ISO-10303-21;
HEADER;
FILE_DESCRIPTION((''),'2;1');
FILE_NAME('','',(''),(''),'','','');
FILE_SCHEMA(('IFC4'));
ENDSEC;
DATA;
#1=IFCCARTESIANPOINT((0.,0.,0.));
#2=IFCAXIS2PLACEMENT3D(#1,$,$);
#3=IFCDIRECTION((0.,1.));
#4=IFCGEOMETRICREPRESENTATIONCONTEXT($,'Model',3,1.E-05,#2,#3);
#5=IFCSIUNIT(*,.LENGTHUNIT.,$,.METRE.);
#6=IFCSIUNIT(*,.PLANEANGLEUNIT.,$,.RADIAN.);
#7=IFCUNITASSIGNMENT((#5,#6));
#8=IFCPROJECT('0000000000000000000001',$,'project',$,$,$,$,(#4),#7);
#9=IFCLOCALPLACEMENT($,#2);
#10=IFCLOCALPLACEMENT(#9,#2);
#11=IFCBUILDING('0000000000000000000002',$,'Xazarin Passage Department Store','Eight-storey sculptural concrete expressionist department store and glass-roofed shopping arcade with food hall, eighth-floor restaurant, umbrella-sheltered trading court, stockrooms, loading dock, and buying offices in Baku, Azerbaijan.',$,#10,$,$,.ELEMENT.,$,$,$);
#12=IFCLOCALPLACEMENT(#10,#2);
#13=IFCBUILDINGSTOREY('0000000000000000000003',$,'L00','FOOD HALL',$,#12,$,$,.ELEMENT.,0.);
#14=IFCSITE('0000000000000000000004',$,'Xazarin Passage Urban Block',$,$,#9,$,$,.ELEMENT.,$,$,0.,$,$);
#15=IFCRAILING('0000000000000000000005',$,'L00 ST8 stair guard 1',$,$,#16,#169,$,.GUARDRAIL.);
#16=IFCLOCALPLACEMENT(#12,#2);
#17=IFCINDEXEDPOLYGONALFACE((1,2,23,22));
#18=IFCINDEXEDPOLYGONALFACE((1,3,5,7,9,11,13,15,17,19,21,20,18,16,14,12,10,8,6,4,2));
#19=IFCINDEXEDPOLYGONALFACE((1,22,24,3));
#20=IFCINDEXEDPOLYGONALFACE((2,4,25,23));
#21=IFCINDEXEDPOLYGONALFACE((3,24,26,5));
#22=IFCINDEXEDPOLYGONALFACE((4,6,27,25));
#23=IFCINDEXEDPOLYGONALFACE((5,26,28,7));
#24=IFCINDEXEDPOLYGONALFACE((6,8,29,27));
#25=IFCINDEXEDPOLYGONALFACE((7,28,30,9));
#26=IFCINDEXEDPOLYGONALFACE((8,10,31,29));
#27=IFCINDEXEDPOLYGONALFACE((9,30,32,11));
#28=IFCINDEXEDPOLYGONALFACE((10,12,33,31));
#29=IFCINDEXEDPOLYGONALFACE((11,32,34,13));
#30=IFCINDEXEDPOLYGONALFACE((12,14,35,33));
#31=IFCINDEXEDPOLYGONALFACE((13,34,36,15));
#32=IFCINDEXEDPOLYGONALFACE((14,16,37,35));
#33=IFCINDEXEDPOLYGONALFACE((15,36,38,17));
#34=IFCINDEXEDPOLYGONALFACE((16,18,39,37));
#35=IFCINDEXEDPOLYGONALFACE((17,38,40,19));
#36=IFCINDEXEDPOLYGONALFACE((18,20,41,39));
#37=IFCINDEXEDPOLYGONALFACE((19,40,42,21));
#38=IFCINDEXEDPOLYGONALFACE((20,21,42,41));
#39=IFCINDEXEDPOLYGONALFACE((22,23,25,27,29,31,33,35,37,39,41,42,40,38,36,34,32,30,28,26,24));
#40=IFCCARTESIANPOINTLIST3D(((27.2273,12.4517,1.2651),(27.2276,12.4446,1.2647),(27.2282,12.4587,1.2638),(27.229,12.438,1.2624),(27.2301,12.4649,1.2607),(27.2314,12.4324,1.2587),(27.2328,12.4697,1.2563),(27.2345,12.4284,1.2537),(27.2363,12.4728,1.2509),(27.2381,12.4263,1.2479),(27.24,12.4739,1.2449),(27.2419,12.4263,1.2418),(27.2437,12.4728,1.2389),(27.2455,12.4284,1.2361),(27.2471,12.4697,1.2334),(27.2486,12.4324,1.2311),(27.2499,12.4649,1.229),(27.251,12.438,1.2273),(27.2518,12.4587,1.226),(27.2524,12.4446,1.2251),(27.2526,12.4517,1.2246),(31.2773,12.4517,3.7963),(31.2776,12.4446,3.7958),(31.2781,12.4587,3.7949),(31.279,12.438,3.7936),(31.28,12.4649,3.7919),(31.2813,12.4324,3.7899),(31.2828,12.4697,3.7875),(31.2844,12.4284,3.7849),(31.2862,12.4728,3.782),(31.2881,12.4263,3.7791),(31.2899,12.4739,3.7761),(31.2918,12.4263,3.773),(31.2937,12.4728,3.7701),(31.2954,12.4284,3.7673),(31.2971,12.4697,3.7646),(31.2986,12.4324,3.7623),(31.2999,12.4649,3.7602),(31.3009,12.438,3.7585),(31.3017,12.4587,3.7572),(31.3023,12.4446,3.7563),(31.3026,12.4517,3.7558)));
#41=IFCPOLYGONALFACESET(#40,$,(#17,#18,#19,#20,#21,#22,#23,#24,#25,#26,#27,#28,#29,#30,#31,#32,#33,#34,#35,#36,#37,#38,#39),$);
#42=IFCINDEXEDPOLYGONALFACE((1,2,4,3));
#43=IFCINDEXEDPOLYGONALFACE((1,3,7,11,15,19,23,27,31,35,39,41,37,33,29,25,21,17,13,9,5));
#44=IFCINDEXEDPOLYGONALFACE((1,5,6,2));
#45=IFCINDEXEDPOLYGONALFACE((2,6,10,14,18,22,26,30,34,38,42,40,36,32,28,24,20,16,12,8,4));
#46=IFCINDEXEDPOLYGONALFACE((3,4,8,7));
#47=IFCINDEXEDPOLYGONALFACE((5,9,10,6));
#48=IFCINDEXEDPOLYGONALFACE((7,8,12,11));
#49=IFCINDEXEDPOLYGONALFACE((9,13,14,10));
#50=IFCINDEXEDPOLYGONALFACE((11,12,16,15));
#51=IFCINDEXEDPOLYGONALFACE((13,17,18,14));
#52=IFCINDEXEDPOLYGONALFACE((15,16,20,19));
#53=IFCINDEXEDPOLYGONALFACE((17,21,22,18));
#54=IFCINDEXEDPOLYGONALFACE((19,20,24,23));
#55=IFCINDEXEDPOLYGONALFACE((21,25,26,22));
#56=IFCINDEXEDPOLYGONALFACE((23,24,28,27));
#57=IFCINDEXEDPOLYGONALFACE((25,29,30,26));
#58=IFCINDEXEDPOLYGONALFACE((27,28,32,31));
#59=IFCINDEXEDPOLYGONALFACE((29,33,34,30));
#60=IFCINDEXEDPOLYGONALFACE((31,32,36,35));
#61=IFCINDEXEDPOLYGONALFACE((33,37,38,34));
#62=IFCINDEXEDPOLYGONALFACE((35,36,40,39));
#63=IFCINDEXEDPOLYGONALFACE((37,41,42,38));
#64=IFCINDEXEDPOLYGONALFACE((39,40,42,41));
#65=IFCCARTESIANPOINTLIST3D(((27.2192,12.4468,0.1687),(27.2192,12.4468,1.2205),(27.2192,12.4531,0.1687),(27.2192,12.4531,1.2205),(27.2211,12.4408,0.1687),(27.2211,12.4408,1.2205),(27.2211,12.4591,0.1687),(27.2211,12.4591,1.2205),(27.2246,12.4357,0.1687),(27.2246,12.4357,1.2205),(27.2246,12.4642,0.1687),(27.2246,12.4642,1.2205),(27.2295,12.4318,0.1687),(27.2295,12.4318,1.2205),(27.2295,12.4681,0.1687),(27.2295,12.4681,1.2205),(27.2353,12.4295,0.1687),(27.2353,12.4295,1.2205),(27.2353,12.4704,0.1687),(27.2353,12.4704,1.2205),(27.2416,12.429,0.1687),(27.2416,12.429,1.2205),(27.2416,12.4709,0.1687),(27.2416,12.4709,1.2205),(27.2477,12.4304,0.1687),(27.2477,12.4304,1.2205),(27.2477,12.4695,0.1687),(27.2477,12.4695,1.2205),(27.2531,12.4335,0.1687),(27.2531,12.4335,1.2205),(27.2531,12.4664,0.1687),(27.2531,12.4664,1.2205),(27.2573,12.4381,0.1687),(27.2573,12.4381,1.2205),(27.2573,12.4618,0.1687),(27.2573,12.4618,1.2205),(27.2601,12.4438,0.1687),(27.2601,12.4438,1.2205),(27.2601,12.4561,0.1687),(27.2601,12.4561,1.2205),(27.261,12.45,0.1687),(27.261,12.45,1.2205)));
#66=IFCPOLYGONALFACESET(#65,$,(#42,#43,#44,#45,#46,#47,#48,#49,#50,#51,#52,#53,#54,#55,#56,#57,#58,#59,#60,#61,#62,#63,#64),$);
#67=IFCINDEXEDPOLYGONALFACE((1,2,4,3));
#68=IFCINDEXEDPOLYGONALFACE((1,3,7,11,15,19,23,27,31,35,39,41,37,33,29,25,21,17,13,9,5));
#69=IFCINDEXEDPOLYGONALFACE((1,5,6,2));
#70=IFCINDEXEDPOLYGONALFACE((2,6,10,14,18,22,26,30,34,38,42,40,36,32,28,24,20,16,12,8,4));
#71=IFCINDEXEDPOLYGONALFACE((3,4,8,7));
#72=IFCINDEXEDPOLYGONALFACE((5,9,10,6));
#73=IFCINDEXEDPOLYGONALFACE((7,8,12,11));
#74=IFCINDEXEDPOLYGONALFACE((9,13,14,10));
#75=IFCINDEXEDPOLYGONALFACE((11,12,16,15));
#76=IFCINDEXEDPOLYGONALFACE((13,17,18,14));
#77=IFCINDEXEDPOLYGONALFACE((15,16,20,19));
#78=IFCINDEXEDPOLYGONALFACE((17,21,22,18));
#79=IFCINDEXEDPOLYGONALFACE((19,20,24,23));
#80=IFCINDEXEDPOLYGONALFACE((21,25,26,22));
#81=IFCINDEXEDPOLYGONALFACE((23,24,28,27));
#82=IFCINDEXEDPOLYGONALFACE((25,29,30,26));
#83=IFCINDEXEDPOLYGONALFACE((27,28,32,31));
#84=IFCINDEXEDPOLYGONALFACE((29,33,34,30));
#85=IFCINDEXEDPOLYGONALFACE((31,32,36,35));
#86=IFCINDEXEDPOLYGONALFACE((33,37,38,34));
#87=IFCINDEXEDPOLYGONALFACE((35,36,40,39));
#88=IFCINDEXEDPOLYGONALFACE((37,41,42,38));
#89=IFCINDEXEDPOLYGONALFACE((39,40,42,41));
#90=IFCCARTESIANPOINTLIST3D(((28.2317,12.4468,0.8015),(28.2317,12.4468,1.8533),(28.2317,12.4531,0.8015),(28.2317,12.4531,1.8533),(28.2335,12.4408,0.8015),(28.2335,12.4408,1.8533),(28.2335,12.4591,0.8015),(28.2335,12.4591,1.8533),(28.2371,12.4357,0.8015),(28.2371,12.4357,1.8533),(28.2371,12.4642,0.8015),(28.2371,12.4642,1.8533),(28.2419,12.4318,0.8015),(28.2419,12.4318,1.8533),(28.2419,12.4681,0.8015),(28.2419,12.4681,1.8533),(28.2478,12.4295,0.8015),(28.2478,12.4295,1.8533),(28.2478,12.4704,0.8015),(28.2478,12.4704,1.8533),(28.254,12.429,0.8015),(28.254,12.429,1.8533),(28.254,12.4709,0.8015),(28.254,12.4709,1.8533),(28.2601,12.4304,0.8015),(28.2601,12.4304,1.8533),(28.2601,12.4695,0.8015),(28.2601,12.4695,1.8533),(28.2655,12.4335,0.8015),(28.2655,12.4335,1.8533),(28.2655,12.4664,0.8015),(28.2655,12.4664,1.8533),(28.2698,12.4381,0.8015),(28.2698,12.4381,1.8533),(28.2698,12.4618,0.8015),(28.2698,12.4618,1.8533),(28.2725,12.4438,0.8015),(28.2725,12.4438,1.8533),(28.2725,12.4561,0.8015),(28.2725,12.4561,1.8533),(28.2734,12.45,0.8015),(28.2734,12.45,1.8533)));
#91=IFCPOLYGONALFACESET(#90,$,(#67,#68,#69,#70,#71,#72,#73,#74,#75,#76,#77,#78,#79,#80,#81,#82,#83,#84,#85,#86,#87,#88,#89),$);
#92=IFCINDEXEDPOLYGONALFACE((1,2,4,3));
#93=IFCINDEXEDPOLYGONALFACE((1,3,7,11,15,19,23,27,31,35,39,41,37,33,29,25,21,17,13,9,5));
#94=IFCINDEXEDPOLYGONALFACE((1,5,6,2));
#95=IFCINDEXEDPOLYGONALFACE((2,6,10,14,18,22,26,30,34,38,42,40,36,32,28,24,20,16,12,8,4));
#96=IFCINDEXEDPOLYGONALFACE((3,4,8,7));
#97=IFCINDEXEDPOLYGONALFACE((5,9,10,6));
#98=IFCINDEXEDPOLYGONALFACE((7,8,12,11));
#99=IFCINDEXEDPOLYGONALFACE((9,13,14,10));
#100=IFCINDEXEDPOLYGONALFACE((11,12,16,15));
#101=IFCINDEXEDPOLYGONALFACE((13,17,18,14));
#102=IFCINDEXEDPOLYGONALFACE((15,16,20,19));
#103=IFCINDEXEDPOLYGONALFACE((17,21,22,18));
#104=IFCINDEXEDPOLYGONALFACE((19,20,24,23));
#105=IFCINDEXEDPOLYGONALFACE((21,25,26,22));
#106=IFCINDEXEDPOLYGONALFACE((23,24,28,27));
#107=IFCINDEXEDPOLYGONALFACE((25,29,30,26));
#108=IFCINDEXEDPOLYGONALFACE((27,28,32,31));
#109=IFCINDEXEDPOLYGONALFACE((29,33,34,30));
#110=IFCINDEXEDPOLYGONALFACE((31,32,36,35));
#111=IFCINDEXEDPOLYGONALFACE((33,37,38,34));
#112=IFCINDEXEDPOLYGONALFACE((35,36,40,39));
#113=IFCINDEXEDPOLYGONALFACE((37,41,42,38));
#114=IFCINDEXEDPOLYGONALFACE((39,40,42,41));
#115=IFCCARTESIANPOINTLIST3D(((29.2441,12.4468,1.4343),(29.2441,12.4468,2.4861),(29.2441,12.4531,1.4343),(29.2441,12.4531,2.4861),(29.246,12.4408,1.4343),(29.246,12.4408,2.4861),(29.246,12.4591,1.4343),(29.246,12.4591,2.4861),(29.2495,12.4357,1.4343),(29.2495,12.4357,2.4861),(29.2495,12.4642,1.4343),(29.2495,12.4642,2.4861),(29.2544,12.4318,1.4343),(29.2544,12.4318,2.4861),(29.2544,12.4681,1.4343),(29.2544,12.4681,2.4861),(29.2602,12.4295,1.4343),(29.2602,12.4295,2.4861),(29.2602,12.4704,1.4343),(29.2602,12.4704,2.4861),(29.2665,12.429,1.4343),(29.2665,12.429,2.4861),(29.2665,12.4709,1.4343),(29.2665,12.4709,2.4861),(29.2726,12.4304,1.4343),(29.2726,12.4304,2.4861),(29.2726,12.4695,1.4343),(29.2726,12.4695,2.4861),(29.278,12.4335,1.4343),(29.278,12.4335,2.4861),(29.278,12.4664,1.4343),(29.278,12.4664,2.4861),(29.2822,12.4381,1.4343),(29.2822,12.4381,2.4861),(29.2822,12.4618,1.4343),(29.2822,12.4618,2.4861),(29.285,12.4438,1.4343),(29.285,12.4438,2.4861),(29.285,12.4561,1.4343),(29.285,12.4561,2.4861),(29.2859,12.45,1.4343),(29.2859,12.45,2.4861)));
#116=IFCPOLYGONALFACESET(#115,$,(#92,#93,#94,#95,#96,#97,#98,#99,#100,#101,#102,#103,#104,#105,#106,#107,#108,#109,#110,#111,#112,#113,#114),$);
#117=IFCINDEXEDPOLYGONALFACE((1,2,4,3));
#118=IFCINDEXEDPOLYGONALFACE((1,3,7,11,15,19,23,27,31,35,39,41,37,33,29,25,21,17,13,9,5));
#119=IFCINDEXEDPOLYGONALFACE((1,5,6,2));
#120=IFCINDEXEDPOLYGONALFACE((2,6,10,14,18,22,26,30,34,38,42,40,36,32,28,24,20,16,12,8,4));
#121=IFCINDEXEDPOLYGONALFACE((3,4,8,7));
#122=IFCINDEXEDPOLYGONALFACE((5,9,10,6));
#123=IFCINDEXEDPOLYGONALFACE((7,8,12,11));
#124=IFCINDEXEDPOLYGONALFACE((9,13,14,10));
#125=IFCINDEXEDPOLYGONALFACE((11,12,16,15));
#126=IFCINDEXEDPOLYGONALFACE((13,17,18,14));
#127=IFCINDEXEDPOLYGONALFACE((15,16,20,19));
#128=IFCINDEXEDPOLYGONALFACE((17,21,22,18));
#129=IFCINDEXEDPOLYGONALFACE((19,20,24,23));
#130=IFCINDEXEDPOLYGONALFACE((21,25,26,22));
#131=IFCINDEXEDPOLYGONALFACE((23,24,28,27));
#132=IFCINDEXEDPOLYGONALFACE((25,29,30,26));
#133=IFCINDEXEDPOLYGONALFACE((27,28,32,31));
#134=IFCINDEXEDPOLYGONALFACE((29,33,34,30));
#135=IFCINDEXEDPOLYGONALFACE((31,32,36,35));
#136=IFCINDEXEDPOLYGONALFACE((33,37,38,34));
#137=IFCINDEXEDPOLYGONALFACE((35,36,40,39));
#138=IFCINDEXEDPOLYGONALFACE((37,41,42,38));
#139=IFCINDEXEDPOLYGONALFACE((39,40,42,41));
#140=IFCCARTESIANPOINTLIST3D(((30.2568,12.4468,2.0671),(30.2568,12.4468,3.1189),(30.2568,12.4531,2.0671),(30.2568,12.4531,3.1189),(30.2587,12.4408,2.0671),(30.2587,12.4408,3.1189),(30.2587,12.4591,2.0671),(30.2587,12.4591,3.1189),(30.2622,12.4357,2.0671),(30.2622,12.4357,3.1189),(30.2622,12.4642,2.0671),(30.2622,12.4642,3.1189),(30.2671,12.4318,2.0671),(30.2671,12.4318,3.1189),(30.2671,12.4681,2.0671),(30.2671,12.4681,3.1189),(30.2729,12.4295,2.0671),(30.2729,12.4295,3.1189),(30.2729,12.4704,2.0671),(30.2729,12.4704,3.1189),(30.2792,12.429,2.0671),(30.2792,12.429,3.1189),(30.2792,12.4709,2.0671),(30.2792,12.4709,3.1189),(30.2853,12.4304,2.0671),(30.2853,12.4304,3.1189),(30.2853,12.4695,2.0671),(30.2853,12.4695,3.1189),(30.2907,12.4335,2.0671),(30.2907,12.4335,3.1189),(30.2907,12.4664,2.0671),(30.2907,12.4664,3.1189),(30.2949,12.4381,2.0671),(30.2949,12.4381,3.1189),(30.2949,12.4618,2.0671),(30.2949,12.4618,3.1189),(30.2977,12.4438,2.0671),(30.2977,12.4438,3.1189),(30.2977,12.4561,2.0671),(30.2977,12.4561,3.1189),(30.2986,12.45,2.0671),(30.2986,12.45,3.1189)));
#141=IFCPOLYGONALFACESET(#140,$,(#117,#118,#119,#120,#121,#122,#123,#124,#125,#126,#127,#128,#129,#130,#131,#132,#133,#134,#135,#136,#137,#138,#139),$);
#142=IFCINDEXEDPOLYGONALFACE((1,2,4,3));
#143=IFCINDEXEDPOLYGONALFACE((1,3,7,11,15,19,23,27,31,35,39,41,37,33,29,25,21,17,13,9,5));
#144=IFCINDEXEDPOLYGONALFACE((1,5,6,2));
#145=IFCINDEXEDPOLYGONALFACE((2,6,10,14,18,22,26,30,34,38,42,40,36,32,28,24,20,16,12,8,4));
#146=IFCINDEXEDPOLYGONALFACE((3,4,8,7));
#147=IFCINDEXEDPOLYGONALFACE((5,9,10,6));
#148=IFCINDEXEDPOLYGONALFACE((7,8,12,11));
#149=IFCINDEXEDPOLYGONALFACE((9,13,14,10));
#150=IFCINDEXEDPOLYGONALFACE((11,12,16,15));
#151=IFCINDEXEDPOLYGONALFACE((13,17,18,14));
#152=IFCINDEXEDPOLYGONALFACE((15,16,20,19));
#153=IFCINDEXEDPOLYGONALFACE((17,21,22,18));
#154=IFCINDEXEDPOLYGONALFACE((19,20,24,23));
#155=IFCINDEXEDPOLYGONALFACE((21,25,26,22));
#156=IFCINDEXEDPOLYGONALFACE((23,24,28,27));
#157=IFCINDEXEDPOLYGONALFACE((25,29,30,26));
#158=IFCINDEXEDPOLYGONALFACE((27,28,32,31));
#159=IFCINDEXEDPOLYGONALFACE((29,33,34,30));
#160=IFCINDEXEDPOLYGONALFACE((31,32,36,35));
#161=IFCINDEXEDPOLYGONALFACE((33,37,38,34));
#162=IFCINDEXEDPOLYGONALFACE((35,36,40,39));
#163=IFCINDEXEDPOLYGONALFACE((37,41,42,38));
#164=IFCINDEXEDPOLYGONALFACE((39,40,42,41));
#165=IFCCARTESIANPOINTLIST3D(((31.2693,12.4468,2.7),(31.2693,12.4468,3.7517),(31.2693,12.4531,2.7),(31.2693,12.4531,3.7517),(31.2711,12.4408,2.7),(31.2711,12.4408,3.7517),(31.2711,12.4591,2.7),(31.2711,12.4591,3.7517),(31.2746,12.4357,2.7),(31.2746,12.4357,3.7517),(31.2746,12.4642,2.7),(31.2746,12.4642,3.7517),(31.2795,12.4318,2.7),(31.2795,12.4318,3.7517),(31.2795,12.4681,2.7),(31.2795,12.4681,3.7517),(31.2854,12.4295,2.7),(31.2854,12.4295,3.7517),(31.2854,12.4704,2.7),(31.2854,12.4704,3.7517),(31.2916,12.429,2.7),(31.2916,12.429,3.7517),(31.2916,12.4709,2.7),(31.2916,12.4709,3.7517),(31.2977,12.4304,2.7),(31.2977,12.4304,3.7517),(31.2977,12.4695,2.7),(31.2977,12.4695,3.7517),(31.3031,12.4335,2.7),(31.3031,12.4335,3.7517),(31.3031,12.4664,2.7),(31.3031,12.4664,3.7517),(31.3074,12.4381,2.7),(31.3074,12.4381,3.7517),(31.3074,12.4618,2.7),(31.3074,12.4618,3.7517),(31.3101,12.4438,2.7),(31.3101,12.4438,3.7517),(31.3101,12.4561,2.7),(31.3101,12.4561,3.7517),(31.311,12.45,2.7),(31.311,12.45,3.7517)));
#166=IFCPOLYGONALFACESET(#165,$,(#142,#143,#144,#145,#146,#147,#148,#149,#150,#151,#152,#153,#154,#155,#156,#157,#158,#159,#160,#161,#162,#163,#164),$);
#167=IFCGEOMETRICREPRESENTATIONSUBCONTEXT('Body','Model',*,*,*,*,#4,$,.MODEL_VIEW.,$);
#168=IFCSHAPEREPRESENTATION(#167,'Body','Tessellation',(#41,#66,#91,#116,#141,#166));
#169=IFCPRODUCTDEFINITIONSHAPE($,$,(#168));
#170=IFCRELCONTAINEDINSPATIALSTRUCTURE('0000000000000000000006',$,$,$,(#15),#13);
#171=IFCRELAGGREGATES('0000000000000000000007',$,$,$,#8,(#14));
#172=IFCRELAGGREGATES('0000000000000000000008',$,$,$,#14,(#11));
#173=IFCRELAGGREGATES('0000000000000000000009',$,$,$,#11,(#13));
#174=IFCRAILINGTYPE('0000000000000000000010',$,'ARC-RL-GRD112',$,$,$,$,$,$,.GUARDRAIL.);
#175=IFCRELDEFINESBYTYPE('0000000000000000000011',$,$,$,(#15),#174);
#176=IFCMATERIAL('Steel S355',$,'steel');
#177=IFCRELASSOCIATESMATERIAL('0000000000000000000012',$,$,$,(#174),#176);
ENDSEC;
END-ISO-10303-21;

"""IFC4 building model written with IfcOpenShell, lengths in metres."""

from ifc_helpers import new_model, si_unit, direction, frame, origin, origin_2d, place, context, subcontext, project, spatial, circle, extrude, material, type_object, element, save


model = new_model("IFC4")

# Units and contexts
model_context = context("Model", 3, precision=1e-05, world=origin(), true_north=direction((0.0, 1.0)))
body_context = subcontext(model_context, "Body", "Model", "MODEL_VIEW")
ifc_project = project(units=[si_unit("LENGTHUNIT", "METRE"), si_unit("PLANEANGLEUNIT", "RADIAN")], contexts=[model_context])

# Site, building, storey
site_placement = place(None, origin())
site = spatial("IfcSite", under=ifc_project, at=site_placement, Name="Xazarin Passage Urban Block", CompositionType="ELEMENT", RefElevation=0.0)
building_placement = place(site_placement, origin())
building = spatial("IfcBuilding", under=site, at=building_placement, Name="Xazarin Passage Department Store", Description="Eight-storey sculptural concrete expressionist department store and glass-roofed shopping arcade with food hall, eighth-floor restaurant, umbrella-sheltered trading court, stockrooms, loading dock, and buying offices in Baku, Azerbaijan.", CompositionType="ELEMENT")
storey_placement = place(building_placement, origin())
storey = spatial("IfcBuildingStorey", under=building, at=storey_placement, Name="L00", Description="FOOD HALL", CompositionType="ELEMENT", Elevation=0.0)

# Railing
ifc_material_1 = material(Name="Steel S355", Category="steel")
railing_type_1 = type_object("IfcRailingType", Name="ARC-RL-GRD112", PredefinedType="GUARDRAIL", material=ifc_material_1)
railing_1_placement = place(storey_placement, frame((27.24, 12.45, 0.1687)))
element("IfcRailing", 1, at=railing_1_placement, inside=storey, type_object=railing_type_1, Name="L00 ST8 stair guard 1", PredefinedType="GUARDRAIL", context=body_context, shape_type="SweptSolid", body=[
    extrude(circle(Radius=0.0239, at=origin_2d()), frame((0.0, 0.0, 1.0762), z_axis=(0.848001, 0.0, 0.529994), x_axis=(0.0, 1.0, 0.0)), (0.0, 0.0, 1.0), 4.7759),
    extrude(circle(Radius=0.021, at=origin_2d()), origin(), (0.0, 0.0, 1.0), 1.0518),
    extrude(circle(Radius=0.021, at=origin_2d()), frame((1.0125, 0.0, 0.6328)), (0.0, 0.0, 1.0), 1.0518),
    extrude(circle(Radius=0.021, at=origin_2d()), frame((2.0249, 0.0, 1.2656)), (0.0, 0.0, 1.0), 1.0518),
    extrude(circle(Radius=0.021, at=origin_2d()), frame((3.0376, 0.0, 1.8984)), (0.0, 0.0, 1.0), 1.0518),
    extrude(circle(Radius=0.021, at=origin_2d()), frame((4.05, 0.0, 2.5312)), (0.0, 0.0, 1.0), 1.0518),
])

save(model, "model.ifc")
